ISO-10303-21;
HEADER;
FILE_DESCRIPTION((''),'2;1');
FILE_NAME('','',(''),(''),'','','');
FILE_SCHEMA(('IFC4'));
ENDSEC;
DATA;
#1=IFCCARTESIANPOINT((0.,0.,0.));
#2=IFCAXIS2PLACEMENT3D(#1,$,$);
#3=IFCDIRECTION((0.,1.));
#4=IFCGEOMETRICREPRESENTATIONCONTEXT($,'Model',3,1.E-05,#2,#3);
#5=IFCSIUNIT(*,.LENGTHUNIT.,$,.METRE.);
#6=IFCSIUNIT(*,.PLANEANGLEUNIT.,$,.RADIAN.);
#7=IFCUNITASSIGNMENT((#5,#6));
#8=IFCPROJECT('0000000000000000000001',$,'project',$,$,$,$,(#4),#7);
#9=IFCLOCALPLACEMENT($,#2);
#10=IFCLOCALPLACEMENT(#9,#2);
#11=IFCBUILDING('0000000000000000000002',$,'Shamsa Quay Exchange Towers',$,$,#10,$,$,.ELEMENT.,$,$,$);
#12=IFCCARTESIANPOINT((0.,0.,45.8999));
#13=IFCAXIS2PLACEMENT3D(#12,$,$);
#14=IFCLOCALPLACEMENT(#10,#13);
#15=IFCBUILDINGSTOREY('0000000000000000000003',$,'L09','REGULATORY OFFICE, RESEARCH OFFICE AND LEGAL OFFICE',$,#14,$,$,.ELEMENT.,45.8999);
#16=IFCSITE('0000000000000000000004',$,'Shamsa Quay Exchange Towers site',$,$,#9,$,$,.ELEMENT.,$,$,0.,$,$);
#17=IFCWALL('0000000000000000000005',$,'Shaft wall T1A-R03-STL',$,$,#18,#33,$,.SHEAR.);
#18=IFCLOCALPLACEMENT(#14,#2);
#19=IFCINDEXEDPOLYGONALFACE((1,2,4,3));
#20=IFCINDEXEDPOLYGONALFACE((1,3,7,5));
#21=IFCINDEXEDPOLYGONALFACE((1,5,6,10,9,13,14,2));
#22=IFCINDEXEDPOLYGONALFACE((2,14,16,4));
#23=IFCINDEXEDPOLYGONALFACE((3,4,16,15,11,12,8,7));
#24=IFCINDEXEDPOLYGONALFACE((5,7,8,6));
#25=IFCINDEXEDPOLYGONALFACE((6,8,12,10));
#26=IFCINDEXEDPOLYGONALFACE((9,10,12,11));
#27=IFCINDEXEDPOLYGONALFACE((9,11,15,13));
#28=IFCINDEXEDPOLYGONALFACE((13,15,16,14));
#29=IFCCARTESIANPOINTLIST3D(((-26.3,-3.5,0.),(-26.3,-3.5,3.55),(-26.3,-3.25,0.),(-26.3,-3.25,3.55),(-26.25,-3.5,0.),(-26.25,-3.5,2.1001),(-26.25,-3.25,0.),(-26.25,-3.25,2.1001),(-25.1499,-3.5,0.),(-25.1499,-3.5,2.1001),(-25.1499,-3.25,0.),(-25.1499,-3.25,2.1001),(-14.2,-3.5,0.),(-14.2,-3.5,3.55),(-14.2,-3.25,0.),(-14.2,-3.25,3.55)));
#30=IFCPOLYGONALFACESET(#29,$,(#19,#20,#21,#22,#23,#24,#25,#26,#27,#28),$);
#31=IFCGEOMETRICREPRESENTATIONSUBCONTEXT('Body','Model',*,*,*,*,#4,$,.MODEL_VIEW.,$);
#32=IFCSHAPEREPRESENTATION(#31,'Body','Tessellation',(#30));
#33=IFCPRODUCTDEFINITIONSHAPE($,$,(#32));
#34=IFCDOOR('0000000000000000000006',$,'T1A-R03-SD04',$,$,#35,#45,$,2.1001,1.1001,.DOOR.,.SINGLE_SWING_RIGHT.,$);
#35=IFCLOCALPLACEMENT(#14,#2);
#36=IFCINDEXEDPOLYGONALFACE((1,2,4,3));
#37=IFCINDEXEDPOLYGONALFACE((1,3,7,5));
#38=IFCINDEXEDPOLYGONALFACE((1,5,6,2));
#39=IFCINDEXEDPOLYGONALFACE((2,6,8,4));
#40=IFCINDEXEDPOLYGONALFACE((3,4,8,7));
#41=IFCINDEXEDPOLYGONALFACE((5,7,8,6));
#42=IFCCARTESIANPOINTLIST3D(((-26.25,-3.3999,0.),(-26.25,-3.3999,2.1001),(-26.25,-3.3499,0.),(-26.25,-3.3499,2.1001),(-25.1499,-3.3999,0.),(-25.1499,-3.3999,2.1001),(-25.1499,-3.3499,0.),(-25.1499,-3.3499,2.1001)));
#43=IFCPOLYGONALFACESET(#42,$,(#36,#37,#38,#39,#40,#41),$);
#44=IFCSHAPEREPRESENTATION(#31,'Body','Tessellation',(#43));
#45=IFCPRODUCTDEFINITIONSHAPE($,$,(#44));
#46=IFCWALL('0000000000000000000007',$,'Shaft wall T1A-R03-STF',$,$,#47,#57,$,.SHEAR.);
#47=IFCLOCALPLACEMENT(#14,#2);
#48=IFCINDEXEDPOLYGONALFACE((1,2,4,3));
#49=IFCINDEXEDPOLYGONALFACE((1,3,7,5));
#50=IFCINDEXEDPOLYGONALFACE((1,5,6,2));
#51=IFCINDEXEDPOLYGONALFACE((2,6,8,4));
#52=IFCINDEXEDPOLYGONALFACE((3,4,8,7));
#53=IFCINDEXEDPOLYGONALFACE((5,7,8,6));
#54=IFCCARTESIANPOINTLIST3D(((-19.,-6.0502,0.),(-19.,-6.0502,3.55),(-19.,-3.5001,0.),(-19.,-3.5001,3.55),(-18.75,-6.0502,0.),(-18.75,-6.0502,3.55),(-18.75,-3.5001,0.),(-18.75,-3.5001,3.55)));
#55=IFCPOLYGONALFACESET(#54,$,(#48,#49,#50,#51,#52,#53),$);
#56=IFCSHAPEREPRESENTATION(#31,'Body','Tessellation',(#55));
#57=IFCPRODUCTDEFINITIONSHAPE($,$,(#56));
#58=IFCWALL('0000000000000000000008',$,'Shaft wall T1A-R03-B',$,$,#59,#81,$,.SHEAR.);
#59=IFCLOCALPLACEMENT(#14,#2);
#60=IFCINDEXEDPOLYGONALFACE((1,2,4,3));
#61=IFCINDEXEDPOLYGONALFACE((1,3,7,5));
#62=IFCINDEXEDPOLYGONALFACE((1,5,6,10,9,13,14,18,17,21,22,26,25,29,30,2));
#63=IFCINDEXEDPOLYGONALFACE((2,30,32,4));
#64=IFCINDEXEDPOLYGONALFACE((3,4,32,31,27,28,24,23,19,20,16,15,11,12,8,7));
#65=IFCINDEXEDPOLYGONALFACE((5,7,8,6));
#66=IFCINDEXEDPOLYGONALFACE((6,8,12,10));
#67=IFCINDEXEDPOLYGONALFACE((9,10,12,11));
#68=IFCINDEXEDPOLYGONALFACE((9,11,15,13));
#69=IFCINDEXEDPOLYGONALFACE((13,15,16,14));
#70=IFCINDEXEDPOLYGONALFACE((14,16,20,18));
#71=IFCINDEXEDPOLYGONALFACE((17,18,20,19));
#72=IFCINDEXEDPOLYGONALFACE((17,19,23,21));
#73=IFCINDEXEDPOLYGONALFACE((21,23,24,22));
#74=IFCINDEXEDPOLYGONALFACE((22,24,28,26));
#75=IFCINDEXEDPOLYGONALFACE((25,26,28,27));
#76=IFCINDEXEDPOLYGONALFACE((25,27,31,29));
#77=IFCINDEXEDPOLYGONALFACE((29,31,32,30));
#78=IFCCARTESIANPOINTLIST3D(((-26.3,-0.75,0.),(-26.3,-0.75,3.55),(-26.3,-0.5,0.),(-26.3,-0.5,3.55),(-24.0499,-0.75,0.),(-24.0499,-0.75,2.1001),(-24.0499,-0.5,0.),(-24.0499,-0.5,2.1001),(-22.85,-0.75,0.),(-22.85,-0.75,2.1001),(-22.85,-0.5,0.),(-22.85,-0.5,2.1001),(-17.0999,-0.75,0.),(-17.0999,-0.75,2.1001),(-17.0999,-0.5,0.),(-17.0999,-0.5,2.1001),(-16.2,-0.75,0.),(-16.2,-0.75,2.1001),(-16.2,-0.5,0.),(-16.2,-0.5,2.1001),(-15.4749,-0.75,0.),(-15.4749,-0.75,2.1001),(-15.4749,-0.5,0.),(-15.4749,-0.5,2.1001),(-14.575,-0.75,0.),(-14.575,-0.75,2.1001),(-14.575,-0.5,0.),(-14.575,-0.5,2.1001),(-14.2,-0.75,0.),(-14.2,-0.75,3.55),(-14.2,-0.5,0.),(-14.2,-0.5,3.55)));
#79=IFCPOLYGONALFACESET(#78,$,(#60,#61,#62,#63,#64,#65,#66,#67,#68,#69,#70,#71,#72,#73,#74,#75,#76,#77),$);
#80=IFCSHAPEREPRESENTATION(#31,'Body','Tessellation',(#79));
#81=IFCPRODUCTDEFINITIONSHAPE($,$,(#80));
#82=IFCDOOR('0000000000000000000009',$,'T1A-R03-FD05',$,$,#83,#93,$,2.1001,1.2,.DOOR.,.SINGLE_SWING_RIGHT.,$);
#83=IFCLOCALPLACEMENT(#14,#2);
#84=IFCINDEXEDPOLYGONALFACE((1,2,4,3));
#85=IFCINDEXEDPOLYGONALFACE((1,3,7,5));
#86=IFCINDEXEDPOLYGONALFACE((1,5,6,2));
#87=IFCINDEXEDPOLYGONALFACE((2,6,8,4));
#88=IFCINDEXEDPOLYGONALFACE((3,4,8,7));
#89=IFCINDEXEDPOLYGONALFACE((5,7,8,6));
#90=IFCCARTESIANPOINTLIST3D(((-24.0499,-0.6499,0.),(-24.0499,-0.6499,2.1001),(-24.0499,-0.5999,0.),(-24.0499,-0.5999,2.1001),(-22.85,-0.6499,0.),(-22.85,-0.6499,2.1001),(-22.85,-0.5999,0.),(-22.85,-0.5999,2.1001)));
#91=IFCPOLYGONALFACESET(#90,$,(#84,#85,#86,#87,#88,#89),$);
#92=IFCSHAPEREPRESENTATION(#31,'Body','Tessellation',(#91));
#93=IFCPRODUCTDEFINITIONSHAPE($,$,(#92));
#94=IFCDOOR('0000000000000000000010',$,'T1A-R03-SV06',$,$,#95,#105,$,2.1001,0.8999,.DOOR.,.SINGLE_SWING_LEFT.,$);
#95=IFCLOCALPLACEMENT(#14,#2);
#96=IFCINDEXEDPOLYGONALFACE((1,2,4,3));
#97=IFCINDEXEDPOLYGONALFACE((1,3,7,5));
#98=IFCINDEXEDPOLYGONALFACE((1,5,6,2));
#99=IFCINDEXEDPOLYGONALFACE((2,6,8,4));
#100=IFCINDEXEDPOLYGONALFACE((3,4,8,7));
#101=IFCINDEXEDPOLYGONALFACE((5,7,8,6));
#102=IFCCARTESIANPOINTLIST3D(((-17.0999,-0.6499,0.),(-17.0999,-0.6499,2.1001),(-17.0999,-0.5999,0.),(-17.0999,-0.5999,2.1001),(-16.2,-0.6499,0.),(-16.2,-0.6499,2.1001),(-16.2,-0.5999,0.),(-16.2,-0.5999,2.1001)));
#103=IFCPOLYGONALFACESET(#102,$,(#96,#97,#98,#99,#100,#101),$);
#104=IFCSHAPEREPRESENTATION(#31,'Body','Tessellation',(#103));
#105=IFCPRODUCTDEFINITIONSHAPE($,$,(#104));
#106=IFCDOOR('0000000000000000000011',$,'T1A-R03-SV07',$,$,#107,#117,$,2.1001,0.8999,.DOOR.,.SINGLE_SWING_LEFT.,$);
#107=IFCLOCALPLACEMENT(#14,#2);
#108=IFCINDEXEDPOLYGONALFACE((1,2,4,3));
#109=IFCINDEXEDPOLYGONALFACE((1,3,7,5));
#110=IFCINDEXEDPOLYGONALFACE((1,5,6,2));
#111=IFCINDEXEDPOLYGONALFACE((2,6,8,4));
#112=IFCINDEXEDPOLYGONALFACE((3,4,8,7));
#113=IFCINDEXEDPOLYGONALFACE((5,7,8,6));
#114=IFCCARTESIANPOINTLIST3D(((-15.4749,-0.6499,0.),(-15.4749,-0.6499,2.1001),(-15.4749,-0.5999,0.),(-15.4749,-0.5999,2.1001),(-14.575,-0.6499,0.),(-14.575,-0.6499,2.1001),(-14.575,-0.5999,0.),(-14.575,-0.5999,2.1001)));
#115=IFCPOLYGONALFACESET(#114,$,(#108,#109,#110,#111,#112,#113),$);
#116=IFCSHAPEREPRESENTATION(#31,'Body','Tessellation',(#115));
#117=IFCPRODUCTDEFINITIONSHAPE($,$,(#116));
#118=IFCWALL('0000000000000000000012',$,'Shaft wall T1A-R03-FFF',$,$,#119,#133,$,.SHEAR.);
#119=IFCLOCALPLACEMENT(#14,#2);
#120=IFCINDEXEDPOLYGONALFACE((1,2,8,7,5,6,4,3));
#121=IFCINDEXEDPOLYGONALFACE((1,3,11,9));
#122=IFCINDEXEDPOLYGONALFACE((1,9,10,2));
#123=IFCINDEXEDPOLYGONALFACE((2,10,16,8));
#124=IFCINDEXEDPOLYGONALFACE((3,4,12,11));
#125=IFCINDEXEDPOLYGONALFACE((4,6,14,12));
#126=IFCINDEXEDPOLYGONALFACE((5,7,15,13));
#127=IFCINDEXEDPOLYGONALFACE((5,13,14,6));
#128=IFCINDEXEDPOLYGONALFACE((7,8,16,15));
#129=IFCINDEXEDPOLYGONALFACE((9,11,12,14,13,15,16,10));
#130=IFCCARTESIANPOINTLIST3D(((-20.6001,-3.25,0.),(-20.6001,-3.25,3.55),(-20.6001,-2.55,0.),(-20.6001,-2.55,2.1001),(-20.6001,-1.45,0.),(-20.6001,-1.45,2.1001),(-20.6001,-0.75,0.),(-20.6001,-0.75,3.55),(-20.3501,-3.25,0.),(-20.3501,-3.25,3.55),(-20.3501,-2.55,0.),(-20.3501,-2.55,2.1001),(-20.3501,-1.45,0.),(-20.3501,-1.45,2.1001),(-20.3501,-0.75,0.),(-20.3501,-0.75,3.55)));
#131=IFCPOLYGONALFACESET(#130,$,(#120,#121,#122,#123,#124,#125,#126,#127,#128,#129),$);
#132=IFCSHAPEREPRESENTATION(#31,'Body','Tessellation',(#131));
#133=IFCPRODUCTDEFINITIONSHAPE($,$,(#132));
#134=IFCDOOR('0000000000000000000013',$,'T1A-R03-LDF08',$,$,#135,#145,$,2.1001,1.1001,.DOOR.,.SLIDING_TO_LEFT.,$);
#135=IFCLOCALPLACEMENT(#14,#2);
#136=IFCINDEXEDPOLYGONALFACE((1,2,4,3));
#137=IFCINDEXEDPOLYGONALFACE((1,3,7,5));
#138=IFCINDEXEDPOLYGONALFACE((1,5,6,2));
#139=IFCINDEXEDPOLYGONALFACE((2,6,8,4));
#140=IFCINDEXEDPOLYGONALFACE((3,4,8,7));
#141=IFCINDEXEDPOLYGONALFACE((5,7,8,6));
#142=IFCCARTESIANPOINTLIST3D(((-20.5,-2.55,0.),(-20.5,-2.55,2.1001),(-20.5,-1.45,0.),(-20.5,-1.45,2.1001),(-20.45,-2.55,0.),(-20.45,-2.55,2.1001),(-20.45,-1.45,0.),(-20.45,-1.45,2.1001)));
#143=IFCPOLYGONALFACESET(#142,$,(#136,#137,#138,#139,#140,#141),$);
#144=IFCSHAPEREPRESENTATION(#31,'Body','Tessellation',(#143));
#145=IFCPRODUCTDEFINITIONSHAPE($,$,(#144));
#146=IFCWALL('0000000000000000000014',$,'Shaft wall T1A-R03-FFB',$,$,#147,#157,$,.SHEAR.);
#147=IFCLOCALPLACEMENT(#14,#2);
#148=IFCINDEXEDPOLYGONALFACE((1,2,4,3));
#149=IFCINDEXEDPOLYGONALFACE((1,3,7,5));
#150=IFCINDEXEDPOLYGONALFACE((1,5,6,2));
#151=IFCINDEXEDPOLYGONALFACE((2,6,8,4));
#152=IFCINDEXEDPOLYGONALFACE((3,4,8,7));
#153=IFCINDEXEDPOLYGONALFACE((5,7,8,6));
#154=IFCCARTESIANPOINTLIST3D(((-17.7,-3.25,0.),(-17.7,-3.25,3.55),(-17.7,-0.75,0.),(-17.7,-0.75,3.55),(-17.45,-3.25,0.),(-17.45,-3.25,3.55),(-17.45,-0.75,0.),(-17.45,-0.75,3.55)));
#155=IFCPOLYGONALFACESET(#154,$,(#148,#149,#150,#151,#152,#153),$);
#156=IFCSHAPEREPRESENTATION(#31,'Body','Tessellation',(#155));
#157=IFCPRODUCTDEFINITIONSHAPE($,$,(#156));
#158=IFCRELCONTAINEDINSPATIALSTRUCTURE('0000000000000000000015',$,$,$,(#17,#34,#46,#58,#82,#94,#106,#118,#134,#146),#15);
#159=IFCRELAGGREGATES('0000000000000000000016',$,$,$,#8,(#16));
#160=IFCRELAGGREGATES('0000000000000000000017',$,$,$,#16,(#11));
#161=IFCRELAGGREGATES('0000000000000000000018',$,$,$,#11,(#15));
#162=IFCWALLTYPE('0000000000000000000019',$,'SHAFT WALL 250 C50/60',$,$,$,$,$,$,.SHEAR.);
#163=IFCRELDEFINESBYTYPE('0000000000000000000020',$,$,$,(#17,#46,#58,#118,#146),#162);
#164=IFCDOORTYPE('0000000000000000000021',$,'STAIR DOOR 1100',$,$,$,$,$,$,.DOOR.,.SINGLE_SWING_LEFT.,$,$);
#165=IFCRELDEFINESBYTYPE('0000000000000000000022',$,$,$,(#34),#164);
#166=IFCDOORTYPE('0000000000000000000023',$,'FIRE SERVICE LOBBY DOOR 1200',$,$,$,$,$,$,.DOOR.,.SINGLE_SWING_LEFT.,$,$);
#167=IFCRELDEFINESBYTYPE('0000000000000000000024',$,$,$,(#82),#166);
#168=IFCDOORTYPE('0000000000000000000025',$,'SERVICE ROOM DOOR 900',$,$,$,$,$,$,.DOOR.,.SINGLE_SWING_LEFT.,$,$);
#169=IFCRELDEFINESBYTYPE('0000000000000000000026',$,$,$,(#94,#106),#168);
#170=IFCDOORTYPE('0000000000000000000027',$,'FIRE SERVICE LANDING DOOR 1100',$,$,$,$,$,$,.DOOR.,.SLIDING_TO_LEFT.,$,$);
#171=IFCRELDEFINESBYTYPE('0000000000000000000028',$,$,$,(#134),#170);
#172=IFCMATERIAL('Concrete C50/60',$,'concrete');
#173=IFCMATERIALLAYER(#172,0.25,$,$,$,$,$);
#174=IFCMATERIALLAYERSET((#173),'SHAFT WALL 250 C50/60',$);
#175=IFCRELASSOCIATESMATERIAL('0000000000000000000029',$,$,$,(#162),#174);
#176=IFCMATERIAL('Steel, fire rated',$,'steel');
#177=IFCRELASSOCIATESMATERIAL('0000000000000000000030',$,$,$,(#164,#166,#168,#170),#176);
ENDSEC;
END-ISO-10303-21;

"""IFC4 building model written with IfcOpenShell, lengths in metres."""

from ifc_helpers import new_model, si_unit, direction, frame, frame_2d, origin, place, context, subcontext, project, spatial, rectangle, extrude, material, layer, layer_set, type_object, element, fill, save


model = new_model("IFC4")

# Units and contexts
model_context = context("Model", 3, precision=1e-05, world=origin(), true_north=direction((0.0, 1.0)))
body_context = subcontext(model_context, "Body", "Model", "MODEL_VIEW")
ifc_project = project(units=[si_unit("LENGTHUNIT", "METRE"), si_unit("PLANEANGLEUNIT", "RADIAN")], contexts=[model_context])

# Site, building, storey
site_placement = place(None, origin())
site = spatial("IfcSite", under=ifc_project, at=site_placement, Name="Shamsa Quay Exchange Towers site", CompositionType="ELEMENT", RefElevation=0.0)
building_placement = place(site_placement, origin())
building = spatial("IfcBuilding", under=site, at=building_placement, Name="Shamsa Quay Exchange Towers", CompositionType="ELEMENT")
storey_placement = place(building_placement, frame((0.0, 0.0, 45.8999)))
storey = spatial("IfcBuildingStorey", under=building, at=storey_placement, Name="L09", Description="REGULATORY OFFICE, RESEARCH OFFICE AND LEGAL OFFICE", CompositionType="ELEMENT", Elevation=45.8999)

# Wall, opening, door
ifc_material_1 = material(Name="Concrete C50/60", Category="concrete")
ifc_layer_1 = layer(ifc_material_1, 0.25)
ifc_layer_set_1 = layer_set([ifc_layer_1], Name="SHAFT WALL 250 C50/60")
wall_type_1 = type_object("IfcWallType", Name="SHAFT WALL 250 C50/60", PredefinedType="SHEAR", material=ifc_layer_set_1)
wall_1_placement = place(storey_placement, frame((-14.2, -3.375, 0.0), z_axis=(0.0, 0.0, 1.0), x_axis=(-1.0, 0.0, 0.0)))
wall_1 = element("IfcWall", 1, at=wall_1_placement, inside=storey, type_object=wall_type_1, Name="Shaft wall T1A-R03-STL", PredefinedType="SHEAR", context=body_context, shape_type="SweptSolid", body=[
    extrude(rectangle(XDim=12.1001, YDim=0.25, at=frame_2d((6.05, 0.0))), origin(), (0.0, 0.0, 1.0), 3.55),
])
opening_1_placement = place(wall_1_placement, frame((10.95, 0.0, 0.0)))
opening_1 = element("IfcOpeningElement", 2, at=opening_1_placement, cuts=wall_1, PredefinedType="OPENING", context=body_context, shape_type="SweptSolid", body=[
    extrude(rectangle(XDim=1.1001, YDim=2.1001, at=frame_2d((0.55, 1.05))), frame((0.0, 0.135, 0.0), z_axis=(0.0, -1.0, 0.0), x_axis=(1.0, 0.0, 0.0)), (0.0, 0.0, 1.0), 0.27),
])
ifc_material_2 = material(Name="Steel, fire rated", Category="steel")
door_type_1 = type_object("IfcDoorType", Name="STAIR DOOR 1100", OperationType="SINGLE_SWING_LEFT", PredefinedType="DOOR", material=ifc_material_2)
door_1_placement = place(opening_1_placement, origin())
door_1 = element("IfcDoor", 3, at=door_1_placement, inside=storey, type_object=door_type_1, Name="T1A-R03-SD04", OperationType="SINGLE_SWING_RIGHT", OverallHeight=2.1001, OverallWidth=1.1001, PredefinedType="DOOR", context=body_context, shape_type="SweptSolid", body=[
    extrude(rectangle(XDim=1.1001, YDim=2.1001, at=frame_2d((0.55, 1.05))), frame((0.0, 0.0249, 0.0), z_axis=(0.0, -1.0, 0.0), x_axis=(1.0, 0.0, 0.0)), (0.0, 0.0, 1.0), 0.05),
])
fill(opening_1, door_1)

# Wall
wall_2_placement = place(storey_placement, frame((-18.875, -6.05, 0.0), z_axis=(0.0, 0.0, 1.0), x_axis=(0.0, 1.0, 0.0)))
element("IfcWall", 4, at=wall_2_placement, inside=storey, type_object=wall_type_1, Name="Shaft wall T1A-R03-STF", PredefinedType="SHEAR", context=body_context, shape_type="SweptSolid", body=[
    extrude(rectangle(XDim=2.55, YDim=0.25, at=frame_2d((1.2749, 0.0))), origin(), (0.0, 0.0, 1.0), 3.55),
])

# Wall, openings, doors
wall_3_placement = place(storey_placement, frame((-14.2, -0.625, 0.0), z_axis=(0.0, 0.0, 1.0), x_axis=(-1.0, 0.0, 0.0)))
wall_3 = element("IfcWall", 5, at=wall_3_placement, inside=storey, type_object=wall_type_1, Name="Shaft wall T1A-R03-B", PredefinedType="SHEAR", context=body_context, shape_type="SweptSolid", body=[
    extrude(rectangle(XDim=12.1001, YDim=0.25, at=frame_2d((6.05, 0.0))), origin(), (0.0, 0.0, 1.0), 3.55),
])
opening_2_placement = place(wall_3_placement, frame((8.6499, 0.0, 0.0)))
opening_2 = element("IfcOpeningElement", 6, at=opening_2_placement, cuts=wall_3, PredefinedType="OPENING", context=body_context, shape_type="SweptSolid", body=[
    extrude(rectangle(XDim=1.2, YDim=2.1001, at=frame_2d((0.6001, 1.05))), frame((0.0, 0.135, 0.0), z_axis=(0.0, -1.0, 0.0), x_axis=(1.0, 0.0, 0.0)), (0.0, 0.0, 1.0), 0.27),
])
opening_3_placement = place(wall_3_placement, frame((2.0, 0.0, 0.0)))
opening_3 = element("IfcOpeningElement", 7, at=opening_3_placement, cuts=wall_3, PredefinedType="OPENING", context=body_context, shape_type="SweptSolid", body=[
    extrude(rectangle(XDim=0.8999, YDim=2.1001, at=frame_2d((0.45, 1.05))), frame((0.0, 0.135, 0.0), z_axis=(0.0, -1.0, 0.0), x_axis=(1.0, 0.0, 0.0)), (0.0, 0.0, 1.0), 0.27),
])
opening_4_placement = place(wall_3_placement, frame((0.375, 0.0, 0.0)))
opening_4 = element("IfcOpeningElement", 8, at=opening_4_placement, cuts=wall_3, PredefinedType="OPENING", context=body_context, shape_type="SweptSolid", body=[
    extrude(rectangle(XDim=0.8999, YDim=2.1001, at=frame_2d((0.45, 1.05))), frame((0.0, 0.135, 0.0), z_axis=(0.0, -1.0, 0.0), x_axis=(1.0, 0.0, 0.0)), (0.0, 0.0, 1.0), 0.27),
])
door_type_2 = type_object("IfcDoorType", Name="FIRE SERVICE LOBBY DOOR 1200", OperationType="SINGLE_SWING_LEFT", PredefinedType="DOOR", material=ifc_material_2)
door_2_placement = place(opening_2_placement, origin())
door_2 = element("IfcDoor", 9, at=door_2_placement, inside=storey, type_object=door_type_2, Name="T1A-R03-FD05", OperationType="SINGLE_SWING_RIGHT", OverallHeight=2.1001, OverallWidth=1.2, PredefinedType="DOOR", context=body_context, shape_type="SweptSolid", body=[
    extrude(rectangle(XDim=1.2, YDim=2.1001, at=frame_2d((0.6001, 1.05))), frame((0.0, 0.0249, 0.0), z_axis=(0.0, -1.0, 0.0), x_axis=(1.0, 0.0, 0.0)), (0.0, 0.0, 1.0), 0.05),
])
fill(opening_2, door_2)
door_type_3 = type_object("IfcDoorType", Name="SERVICE ROOM DOOR 900", OperationType="SINGLE_SWING_LEFT", PredefinedType="DOOR", material=ifc_material_2)
door_3_placement = place(opening_3_placement, origin())
door_3 = element("IfcDoor", 10, at=door_3_placement, inside=storey, type_object=door_type_3, Name="T1A-R03-SV06", OperationType="SINGLE_SWING_LEFT", OverallHeight=2.1001, OverallWidth=0.8999, PredefinedType="DOOR", context=body_context, shape_type="SweptSolid", body=[
    extrude(rectangle(XDim=0.8999, YDim=2.1001, at=frame_2d((0.45, 1.05))), frame((0.0, 0.0249, 0.0), z_axis=(0.0, -1.0, 0.0), x_axis=(1.0, 0.0, 0.0)), (0.0, 0.0, 1.0), 0.05),
])
fill(opening_3, door_3)
door_4_placement = place(opening_4_placement, origin())
door_4 = element("IfcDoor", 11, at=door_4_placement, inside=storey, type_object=door_type_3, Name="T1A-R03-SV07", OperationType="SINGLE_SWING_LEFT", OverallHeight=2.1001, OverallWidth=0.8999, PredefinedType="DOOR", context=body_context, shape_type="SweptSolid", body=[
    extrude(rectangle(XDim=0.8999, YDim=2.1001, at=frame_2d((0.45, 1.05))), frame((0.0, 0.0249, 0.0), z_axis=(0.0, -1.0, 0.0), x_axis=(1.0, 0.0, 0.0)), (0.0, 0.0, 1.0), 0.05),
])
fill(opening_4, door_4)

# Wall, opening, door
wall_4_placement = place(storey_placement, frame((-20.4751, -3.25, 0.0), z_axis=(0.0, 0.0, 1.0), x_axis=(0.0, 1.0, 0.0)))
wall_4 = element("IfcWall", 12, at=wall_4_placement, inside=storey, type_object=wall_type_1, Name="Shaft wall T1A-R03-FFF", PredefinedType="SHEAR", context=body_context, shape_type="SweptSolid", body=[
    extrude(rectangle(XDim=2.5, YDim=0.25, at=frame_2d((1.25, 0.0))), origin(), (0.0, 0.0, 1.0), 3.55),
])
opening_5_placement = place(wall_4_placement, frame((0.7, 0.0, 0.0)))
opening_5 = element("IfcOpeningElement", 13, at=opening_5_placement, cuts=wall_4, PredefinedType="OPENING", context=body_context, shape_type="SweptSolid", body=[
    extrude(rectangle(XDim=1.1001, YDim=2.1001, at=frame_2d((0.55, 1.05))), frame((0.0, 0.135, 0.0), z_axis=(0.0, -1.0, 0.0), x_axis=(1.0, 0.0, 0.0)), (0.0, 0.0, 1.0), 0.27),
])
door_type_4 = type_object("IfcDoorType", Name="FIRE SERVICE LANDING DOOR 1100", OperationType="SLIDING_TO_LEFT", PredefinedType="DOOR", material=ifc_material_2)
door_5_placement = place(opening_5_placement, origin())
door_5 = element("IfcDoor", 14, at=door_5_placement, inside=storey, type_object=door_type_4, Name="T1A-R03-LDF08", OperationType="SLIDING_TO_LEFT", OverallHeight=2.1001, OverallWidth=1.1001, PredefinedType="DOOR", context=body_context, shape_type="SweptSolid", body=[
    extrude(rectangle(XDim=1.1001, YDim=2.1001, at=frame_2d((0.55, 1.05))), frame((0.0, 0.0249, 0.0), z_axis=(0.0, -1.0, 0.0), x_axis=(1.0, 0.0, 0.0)), (0.0, 0.0, 1.0), 0.05),
])
fill(opening_5, door_5)

# Wall
wall_5_placement = place(storey_placement, frame((-17.575, -3.25, 0.0), z_axis=(0.0, 0.0, 1.0), x_axis=(0.0, 1.0, 0.0)))
element("IfcWall", 15, at=wall_5_placement, inside=storey, type_object=wall_type_1, Name="Shaft wall T1A-R03-FFB", PredefinedType="SHEAR", context=body_context, shape_type="SweptSolid", body=[
    extrude(rectangle(XDim=2.5, YDim=0.25, at=frame_2d((1.25, 0.0))), origin(), (0.0, 0.0, 1.0), 3.55),
])

save(model, "model.ifc")
